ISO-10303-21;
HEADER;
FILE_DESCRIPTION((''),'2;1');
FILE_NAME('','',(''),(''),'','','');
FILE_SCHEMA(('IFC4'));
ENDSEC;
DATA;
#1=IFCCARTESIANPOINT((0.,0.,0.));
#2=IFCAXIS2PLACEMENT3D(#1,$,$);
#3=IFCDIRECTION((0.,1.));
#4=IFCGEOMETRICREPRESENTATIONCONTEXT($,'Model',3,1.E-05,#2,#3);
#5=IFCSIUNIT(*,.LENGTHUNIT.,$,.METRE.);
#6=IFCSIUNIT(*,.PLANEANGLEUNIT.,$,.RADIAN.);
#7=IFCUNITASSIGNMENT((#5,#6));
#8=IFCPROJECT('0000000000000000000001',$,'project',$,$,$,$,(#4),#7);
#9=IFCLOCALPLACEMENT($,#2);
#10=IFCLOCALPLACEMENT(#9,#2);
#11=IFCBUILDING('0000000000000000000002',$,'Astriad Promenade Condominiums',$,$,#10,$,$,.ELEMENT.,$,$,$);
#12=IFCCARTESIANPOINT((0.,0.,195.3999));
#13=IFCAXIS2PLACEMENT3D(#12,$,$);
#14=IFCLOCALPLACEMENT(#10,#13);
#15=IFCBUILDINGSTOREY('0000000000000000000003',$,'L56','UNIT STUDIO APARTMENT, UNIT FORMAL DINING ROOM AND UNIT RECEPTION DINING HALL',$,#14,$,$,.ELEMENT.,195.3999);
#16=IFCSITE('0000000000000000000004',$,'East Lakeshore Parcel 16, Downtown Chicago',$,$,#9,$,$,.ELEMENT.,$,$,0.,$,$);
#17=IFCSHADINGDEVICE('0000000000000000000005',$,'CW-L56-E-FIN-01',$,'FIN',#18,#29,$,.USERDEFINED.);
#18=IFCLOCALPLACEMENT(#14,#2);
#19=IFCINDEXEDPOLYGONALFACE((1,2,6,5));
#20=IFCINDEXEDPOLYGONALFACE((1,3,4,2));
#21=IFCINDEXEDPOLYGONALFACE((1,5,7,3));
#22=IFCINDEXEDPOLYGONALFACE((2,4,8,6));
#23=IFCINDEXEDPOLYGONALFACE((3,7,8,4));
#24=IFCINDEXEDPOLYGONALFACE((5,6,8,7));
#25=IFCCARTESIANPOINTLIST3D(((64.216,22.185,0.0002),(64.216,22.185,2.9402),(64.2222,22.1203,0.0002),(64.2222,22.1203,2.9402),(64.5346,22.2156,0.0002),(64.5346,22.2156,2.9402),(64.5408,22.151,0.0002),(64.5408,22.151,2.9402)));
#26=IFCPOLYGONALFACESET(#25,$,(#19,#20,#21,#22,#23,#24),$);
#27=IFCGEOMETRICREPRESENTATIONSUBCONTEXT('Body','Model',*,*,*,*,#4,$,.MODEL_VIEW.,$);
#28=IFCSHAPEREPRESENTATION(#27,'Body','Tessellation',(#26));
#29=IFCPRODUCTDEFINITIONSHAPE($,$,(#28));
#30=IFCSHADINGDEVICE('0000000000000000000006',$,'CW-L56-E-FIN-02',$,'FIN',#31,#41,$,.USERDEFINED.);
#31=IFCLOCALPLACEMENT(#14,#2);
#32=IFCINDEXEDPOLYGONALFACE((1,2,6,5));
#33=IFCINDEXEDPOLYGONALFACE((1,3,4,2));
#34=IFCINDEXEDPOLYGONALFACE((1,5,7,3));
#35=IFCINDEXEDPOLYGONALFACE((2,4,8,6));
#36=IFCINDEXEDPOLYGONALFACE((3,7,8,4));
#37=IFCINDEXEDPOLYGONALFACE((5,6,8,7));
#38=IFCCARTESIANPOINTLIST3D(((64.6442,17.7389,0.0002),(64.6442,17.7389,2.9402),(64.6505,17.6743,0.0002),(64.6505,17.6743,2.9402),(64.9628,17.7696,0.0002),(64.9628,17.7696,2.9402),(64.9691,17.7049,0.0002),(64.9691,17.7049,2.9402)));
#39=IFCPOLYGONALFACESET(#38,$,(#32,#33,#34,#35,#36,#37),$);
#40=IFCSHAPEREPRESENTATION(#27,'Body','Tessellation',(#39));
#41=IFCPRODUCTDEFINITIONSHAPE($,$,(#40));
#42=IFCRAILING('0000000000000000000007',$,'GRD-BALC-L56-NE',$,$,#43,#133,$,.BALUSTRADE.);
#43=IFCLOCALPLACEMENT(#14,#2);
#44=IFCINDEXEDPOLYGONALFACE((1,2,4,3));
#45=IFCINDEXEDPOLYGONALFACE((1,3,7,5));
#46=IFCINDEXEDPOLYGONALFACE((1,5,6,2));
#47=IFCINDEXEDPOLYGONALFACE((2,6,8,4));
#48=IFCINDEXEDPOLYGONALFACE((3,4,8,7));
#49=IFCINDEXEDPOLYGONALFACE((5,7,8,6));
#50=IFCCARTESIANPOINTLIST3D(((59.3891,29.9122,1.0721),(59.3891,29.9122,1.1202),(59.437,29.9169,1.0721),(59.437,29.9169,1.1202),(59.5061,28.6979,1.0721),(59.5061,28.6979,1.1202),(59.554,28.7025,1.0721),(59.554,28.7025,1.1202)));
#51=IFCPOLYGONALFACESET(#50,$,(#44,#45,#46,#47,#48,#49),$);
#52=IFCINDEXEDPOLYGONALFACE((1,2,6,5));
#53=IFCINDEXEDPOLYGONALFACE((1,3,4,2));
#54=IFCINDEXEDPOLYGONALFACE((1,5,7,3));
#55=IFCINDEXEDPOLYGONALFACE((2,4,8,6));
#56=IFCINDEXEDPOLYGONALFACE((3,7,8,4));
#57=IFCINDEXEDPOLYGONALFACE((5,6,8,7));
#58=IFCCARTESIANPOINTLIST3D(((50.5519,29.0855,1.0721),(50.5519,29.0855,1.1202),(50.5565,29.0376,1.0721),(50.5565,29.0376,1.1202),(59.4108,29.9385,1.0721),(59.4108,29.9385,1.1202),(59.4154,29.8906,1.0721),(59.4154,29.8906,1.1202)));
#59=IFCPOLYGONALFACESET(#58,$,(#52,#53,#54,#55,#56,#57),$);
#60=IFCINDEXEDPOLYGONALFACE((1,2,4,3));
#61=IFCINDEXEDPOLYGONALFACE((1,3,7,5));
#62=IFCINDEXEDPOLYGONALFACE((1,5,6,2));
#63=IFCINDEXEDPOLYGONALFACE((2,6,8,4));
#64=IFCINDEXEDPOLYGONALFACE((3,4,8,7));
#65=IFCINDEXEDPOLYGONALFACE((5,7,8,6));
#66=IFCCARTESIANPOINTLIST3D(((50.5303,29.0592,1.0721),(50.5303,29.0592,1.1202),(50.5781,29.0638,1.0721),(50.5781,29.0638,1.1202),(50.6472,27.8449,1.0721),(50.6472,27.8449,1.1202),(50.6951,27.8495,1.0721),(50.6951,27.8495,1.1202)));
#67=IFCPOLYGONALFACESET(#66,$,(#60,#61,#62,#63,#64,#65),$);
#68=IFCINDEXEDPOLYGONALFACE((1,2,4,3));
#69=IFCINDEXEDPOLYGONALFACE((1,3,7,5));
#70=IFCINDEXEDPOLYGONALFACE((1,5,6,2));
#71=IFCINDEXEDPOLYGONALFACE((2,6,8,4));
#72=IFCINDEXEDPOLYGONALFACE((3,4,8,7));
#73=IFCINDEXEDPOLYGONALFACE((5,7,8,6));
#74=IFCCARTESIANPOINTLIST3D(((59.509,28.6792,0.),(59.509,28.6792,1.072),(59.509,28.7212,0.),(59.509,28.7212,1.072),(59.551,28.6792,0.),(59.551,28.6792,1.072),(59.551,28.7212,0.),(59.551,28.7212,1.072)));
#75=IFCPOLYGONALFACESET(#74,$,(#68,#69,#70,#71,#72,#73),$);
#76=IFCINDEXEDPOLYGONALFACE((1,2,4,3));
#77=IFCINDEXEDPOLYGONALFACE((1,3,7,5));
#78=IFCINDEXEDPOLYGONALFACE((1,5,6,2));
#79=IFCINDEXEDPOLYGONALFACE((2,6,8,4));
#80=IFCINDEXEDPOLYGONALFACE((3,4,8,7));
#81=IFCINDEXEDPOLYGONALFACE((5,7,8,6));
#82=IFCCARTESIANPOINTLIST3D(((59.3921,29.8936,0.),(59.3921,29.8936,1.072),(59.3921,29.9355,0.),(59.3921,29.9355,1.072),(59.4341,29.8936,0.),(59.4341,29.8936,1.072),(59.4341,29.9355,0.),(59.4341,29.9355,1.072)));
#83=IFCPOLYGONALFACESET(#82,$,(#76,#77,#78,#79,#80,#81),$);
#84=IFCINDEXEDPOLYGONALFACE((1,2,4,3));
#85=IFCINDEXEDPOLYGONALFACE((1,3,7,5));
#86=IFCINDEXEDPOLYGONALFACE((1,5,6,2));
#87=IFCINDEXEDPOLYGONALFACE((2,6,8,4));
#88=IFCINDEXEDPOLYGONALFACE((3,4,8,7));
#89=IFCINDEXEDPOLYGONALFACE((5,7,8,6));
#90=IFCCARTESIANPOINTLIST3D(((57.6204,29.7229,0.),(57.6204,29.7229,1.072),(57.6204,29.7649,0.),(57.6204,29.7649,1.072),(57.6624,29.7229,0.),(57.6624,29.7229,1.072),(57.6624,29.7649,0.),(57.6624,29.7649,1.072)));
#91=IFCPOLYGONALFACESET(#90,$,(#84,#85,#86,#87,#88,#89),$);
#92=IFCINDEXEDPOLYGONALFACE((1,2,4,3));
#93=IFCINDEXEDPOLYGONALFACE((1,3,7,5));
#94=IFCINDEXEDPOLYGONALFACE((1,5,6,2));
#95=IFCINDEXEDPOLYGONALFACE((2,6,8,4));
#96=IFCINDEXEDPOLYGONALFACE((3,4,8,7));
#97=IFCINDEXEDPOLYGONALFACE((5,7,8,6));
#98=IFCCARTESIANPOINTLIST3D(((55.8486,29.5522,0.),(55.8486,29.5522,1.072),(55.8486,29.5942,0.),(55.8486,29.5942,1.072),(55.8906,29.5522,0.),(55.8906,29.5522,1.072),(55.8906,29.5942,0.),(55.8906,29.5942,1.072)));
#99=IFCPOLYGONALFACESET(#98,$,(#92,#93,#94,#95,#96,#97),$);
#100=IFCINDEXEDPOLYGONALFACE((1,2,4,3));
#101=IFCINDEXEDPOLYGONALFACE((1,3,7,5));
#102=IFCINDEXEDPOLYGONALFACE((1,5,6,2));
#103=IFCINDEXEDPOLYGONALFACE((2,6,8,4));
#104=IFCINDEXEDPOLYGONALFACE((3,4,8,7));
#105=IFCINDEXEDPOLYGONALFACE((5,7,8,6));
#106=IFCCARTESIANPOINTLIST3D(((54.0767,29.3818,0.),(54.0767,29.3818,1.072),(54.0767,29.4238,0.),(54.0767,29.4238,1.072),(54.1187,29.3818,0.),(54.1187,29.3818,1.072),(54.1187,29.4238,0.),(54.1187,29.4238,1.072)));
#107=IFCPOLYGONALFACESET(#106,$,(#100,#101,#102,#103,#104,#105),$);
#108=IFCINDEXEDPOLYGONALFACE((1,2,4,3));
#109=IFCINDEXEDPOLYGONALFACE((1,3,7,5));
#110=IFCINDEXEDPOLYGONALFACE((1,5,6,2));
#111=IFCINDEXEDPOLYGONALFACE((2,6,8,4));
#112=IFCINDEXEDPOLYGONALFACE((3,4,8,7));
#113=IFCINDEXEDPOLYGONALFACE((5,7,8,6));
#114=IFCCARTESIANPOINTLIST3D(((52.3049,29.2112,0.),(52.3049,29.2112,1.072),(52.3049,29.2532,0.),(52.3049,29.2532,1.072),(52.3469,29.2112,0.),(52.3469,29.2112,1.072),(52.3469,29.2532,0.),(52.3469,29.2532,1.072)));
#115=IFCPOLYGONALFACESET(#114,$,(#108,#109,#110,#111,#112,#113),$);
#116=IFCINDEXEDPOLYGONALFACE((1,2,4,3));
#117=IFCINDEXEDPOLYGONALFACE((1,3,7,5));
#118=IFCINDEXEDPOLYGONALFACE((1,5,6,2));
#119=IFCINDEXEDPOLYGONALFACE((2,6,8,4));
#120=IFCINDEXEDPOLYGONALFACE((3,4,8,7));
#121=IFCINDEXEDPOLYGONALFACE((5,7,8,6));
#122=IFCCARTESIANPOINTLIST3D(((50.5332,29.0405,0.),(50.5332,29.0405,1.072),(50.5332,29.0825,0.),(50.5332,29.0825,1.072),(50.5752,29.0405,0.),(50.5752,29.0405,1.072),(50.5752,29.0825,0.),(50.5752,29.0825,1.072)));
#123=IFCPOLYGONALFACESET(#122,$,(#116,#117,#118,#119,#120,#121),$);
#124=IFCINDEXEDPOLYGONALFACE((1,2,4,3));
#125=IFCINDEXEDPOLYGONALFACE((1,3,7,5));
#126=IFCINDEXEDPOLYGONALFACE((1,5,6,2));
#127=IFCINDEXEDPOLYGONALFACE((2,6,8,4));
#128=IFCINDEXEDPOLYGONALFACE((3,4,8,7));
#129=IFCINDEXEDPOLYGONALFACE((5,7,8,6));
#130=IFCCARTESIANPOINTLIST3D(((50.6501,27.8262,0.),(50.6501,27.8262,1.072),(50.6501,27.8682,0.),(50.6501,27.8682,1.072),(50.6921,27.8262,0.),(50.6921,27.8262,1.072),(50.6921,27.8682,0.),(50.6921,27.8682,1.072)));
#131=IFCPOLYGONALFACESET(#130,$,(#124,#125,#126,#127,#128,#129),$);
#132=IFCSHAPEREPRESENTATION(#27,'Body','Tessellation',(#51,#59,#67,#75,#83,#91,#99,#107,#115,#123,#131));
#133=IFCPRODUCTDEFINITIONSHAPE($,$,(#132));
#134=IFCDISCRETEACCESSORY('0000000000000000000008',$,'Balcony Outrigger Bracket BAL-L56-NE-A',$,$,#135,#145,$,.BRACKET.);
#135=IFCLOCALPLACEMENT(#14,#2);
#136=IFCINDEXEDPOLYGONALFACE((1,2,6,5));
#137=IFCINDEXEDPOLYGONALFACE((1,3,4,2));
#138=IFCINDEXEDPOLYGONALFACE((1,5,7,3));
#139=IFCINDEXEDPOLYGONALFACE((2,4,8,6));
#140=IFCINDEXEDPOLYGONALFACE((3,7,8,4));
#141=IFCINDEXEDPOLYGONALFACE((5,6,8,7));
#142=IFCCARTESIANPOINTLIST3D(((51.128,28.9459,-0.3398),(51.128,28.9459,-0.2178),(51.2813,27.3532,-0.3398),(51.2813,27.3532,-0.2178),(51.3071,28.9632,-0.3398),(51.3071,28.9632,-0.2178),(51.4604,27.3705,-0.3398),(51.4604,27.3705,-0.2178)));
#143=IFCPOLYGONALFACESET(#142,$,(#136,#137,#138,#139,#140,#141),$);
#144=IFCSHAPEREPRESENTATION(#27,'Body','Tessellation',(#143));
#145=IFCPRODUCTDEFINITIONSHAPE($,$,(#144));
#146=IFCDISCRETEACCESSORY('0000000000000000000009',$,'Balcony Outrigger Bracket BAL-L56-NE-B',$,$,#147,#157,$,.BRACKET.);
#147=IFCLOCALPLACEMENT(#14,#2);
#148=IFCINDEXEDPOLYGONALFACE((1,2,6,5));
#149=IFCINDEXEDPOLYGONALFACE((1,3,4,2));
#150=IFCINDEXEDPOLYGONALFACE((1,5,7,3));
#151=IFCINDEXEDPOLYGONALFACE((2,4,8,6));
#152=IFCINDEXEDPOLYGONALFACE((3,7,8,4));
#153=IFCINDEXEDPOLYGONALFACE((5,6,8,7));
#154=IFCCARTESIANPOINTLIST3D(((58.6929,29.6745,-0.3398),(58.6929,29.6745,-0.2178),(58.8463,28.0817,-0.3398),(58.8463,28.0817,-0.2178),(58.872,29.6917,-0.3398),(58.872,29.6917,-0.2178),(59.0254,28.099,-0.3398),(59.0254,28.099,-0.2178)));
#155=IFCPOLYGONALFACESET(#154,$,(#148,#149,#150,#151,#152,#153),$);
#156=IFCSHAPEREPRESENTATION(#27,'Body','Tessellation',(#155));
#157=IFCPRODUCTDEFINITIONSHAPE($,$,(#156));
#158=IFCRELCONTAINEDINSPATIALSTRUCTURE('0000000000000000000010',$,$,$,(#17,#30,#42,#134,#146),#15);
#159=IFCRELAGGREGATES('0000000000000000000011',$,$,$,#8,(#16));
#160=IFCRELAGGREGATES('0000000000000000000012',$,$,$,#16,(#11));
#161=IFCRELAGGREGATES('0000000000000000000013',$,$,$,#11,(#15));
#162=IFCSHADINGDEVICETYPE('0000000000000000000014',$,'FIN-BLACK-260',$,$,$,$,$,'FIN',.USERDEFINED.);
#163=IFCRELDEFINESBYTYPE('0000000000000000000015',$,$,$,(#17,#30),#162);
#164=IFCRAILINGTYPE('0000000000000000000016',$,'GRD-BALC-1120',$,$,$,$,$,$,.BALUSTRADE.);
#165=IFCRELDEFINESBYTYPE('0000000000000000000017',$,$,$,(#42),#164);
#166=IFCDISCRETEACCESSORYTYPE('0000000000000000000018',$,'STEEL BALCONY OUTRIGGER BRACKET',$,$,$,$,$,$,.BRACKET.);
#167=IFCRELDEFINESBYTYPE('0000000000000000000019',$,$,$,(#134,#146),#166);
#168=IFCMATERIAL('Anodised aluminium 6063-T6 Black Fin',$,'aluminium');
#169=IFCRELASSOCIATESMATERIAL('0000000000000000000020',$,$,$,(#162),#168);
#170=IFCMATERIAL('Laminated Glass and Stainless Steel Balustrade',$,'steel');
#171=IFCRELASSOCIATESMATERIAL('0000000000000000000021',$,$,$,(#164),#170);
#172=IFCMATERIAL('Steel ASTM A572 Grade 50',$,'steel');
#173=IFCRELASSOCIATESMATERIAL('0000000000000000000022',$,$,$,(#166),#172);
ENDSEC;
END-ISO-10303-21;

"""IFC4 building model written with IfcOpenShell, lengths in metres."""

from ifc_helpers import new_model, si_unit, direction, frame, origin, origin_2d, place, context, subcontext, project, spatial, rectangle, extrude, source, transform, mapped, material, type_object, type_shapes, element, save


model = new_model("IFC4")

# Units and contexts
model_context = context("Model", 3, precision=1e-05, world=origin(), true_north=direction((0.0, 1.0)))
body_context = subcontext(model_context, "Body", "Model", "MODEL_VIEW")
ifc_project = project(units=[si_unit("LENGTHUNIT", "METRE"), si_unit("PLANEANGLEUNIT", "RADIAN")], contexts=[model_context])

# Site, building, storey
site_placement = place(None, origin())
site = spatial("IfcSite", under=ifc_project, at=site_placement, Name="East Lakeshore Parcel 16, Downtown Chicago", CompositionType="ELEMENT", RefElevation=0.0)
building_placement = place(site_placement, origin())
building = spatial("IfcBuilding", under=site, at=building_placement, Name="Astriad Promenade Condominiums", CompositionType="ELEMENT")
storey_placement = place(building_placement, frame((0.0, 0.0, 195.3999)))
storey = spatial("IfcBuildingStorey", under=building, at=storey_placement, Name="L56", Description="UNIT STUDIO APARTMENT, UNIT FORMAL DINING ROOM AND UNIT RECEPTION DINING HALL", CompositionType="ELEMENT", Elevation=195.3999)

# Shading devices
ifc_material_1 = material(Name="Anodised aluminium 6063-T6 Black Fin", Category="aluminium")
shading_device_type = type_object("IfcShadingDeviceType", Name="FIN-BLACK-260", ElementType="FIN", PredefinedType="USERDEFINED", material=ifc_material_1)
shared_shape_1 = source(origin(), body_context, "Body", "SweptSolid", [
    extrude(rectangle(XDim=0.0649, YDim=0.3201, at=origin_2d()), origin(), (0.0, 0.0, 1.0), 2.9399),
])
type_shapes(shading_device_type, [shared_shape_1])
for number, where, z_axis, x_axis, name in (
    (1, (64.3784, 22.168, 0.0002), (0.0, 0.0, 1.0), (0.095846, -0.995396, 0.0), "CW-L56-E-FIN-01"),
    (2, (64.8066, 17.7219, 0.0002), (0.0, 0.0, 1.0), (0.095846, -0.995396, 0.0), "CW-L56-E-FIN-02"),
):
    element("IfcShadingDevice", number, at=place(storey_placement, frame(where, z_axis=z_axis, x_axis=x_axis)), inside=storey, type_object=shading_device_type, Name=name, ObjectType="FIN", PredefinedType="USERDEFINED", context=body_context, shape_type="MappedRepresentation", body=[
        mapped(shared_shape_1, transform((0.0, 0.0, 0.0), scale=1.0)),
    ])

# Railing
ifc_material_2 = material(Name="Laminated Glass and Stainless Steel Balustrade", Category="steel")
railing_type = type_object("IfcRailingType", Name="GRD-BALC-1120", PredefinedType="BALUSTRADE", material=ifc_material_2)
shared_shape_2 = source(origin(), body_context, "Body", "SweptSolid", [
    extrude(rectangle(XDim=0.0481, YDim=0.0481, at=origin_2d()), frame((0.0, 0.0, 1.0962), z_axis=(-0.095857, 0.995395, 0.0), x_axis=(-0.995395, -0.095857, 0.0)), (0.0, 0.0, 1.0), 1.22),
    extrude(rectangle(XDim=0.0481, YDim=0.0481, at=origin_2d()), frame((-0.1169, 1.2144, 1.0962), z_axis=(-0.995396, -0.095847, 0.0), x_axis=(0.095847, -0.995396, 0.0)), (0.0, 0.0, 1.0), 8.8999),
    extrude(rectangle(XDim=0.0481, YDim=0.0481, at=origin_2d()), frame((-8.9758, 0.3613, 1.0962), z_axis=(0.095857, -0.995395, 0.0), x_axis=(0.995395, 0.095857, 0.0)), (0.0, 0.0, 1.0), 1.22),
    extrude(rectangle(XDim=0.042, YDim=0.042, at=origin_2d()), origin(), (0.0, 0.0, 1.0), 1.072),
    extrude(rectangle(XDim=0.042, YDim=0.042, at=origin_2d()), frame((-0.1169, 1.2144, 0.0)), (0.0, 0.0, 1.0), 1.072),
    extrude(rectangle(XDim=0.042, YDim=0.042, at=origin_2d()), frame((-1.8887, 1.0437, 0.0)), (0.0, 0.0, 1.0), 1.072),
    extrude(rectangle(XDim=0.042, YDim=0.042, at=origin_2d()), frame((-3.6604, 0.873, 0.0)), (0.0, 0.0, 1.0), 1.072),
    extrude(rectangle(XDim=0.042, YDim=0.042, at=origin_2d()), frame((-5.4324, 0.7026, 0.0)), (0.0, 0.0, 1.0), 1.072),
    extrude(rectangle(XDim=0.042, YDim=0.042, at=origin_2d()), frame((-7.2041, 0.532, 0.0)), (0.0, 0.0, 1.0), 1.072),
    extrude(rectangle(XDim=0.042, YDim=0.042, at=origin_2d()), frame((-8.9758, 0.3613, 0.0)), (0.0, 0.0, 1.0), 1.072),
    extrude(rectangle(XDim=0.042, YDim=0.042, at=origin_2d()), frame((-8.8589, -0.853, 0.0)), (0.0, 0.0, 1.0), 1.072),
])
type_shapes(railing_type, [shared_shape_2])
railing_placement = place(storey_placement, frame((59.53, 28.7002, 0.0)))
element("IfcRailing", 3, at=railing_placement, inside=storey, type_object=railing_type, Name="GRD-BALC-L56-NE", PredefinedType="BALUSTRADE", context=body_context, shape_type="MappedRepresentation", body=[
    mapped(shared_shape_2, transform((0.0, 0.0, 0.0), scale=1.0)),
])

# Discrete accessories
ifc_material_3 = material(Name="Steel ASTM A572 Grade 50", Category="steel")
discrete_accessory_type = type_object("IfcDiscreteAccessoryType", Name="STEEL BALCONY OUTRIGGER BRACKET", PredefinedType="BRACKET", material=ifc_material_3)
shared_shape_3 = source(origin(), body_context, "Body", "SweptSolid", [
    extrude(rectangle(XDim=1.6001, YDim=0.1799, at=origin_2d()), origin(), (0.0, 0.0, 1.0), 0.1221),
])
type_shapes(discrete_accessory_type, [shared_shape_3])
for number, where, z_axis, x_axis, name in (
    (4, (51.2942, 28.1582, -0.3398), (0.0, 0.0, 1.0), (-0.095846, 0.995396, 0.0), "Balcony Outrigger Bracket BAL-L56-NE-A"),
    (5, (58.8591, 28.8867, -0.3398), (0.0, 0.0, 1.0), (-0.095846, 0.995396, 0.0), "Balcony Outrigger Bracket BAL-L56-NE-B"),
):
    element("IfcDiscreteAccessory", number, at=place(storey_placement, frame(where, z_axis=z_axis, x_axis=x_axis)), inside=storey, type_object=discrete_accessory_type, Name=name, PredefinedType="BRACKET", context=body_context, shape_type="MappedRepresentation", body=[
        mapped(shared_shape_3, transform((0.0, 0.0, 0.0), scale=1.0)),
    ])

save(model, "model.ifc")
